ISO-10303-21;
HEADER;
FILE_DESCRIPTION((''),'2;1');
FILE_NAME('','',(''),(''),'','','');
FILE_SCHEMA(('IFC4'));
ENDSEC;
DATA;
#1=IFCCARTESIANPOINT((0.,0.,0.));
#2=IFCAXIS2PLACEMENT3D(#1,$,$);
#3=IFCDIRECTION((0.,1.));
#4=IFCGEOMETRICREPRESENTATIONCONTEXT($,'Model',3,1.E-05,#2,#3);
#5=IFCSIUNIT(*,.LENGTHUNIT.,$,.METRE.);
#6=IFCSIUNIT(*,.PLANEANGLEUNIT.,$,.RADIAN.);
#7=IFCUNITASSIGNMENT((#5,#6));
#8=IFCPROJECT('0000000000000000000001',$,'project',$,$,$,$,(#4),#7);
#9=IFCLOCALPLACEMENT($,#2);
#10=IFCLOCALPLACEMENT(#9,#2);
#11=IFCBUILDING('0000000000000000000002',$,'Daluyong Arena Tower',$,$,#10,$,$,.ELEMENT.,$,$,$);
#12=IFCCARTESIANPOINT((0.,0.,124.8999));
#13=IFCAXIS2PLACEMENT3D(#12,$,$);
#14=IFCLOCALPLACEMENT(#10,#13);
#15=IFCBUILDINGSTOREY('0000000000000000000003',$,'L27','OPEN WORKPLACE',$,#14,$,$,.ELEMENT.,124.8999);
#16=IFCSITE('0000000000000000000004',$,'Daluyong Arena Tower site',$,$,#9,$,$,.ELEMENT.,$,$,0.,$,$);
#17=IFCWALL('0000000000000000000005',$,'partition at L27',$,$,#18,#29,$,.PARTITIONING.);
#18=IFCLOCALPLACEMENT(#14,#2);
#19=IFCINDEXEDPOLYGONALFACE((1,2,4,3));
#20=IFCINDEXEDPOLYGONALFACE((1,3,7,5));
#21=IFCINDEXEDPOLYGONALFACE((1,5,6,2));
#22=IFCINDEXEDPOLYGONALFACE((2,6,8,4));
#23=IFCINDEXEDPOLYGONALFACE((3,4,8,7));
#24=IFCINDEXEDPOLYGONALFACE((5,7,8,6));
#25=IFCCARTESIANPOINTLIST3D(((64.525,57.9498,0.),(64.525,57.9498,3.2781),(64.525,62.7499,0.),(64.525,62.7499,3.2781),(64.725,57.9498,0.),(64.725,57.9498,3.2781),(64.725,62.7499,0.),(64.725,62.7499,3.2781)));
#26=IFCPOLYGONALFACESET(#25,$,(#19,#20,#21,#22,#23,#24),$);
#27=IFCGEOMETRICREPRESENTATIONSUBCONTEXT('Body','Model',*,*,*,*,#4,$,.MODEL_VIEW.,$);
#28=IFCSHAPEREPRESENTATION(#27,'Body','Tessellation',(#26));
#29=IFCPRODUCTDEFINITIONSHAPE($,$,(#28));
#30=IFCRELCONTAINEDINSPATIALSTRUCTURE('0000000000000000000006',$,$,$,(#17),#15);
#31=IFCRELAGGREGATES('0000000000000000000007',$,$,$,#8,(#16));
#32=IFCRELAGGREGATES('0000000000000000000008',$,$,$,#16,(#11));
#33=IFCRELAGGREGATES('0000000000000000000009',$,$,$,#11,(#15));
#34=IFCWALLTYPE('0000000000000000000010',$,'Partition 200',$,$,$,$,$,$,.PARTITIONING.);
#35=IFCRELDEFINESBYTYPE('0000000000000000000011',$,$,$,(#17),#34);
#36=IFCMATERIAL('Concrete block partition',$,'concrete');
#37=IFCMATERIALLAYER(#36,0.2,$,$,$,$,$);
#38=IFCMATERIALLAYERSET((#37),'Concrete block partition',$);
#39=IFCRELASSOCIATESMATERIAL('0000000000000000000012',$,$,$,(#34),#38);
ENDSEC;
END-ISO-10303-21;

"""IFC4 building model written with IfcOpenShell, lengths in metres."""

from ifc_helpers import new_model, si_unit, direction, frame, frame_2d, origin, place, context, subcontext, project, spatial, rectangle, extrude, material, layer, layer_set, type_object, element, save


model = new_model("IFC4")

# Units and contexts
model_context = context("Model", 3, precision=1e-05, world=origin(), true_north=direction((0.0, 1.0)))
body_context = subcontext(model_context, "Body", "Model", "MODEL_VIEW")
ifc_project = project(units=[si_unit("LENGTHUNIT", "METRE"), si_unit("PLANEANGLEUNIT", "RADIAN")], contexts=[model_context])

# Site, building, storey
site_placement = place(None, origin())
site = spatial("IfcSite", under=ifc_project, at=site_placement, Name="Daluyong Arena Tower site", CompositionType="ELEMENT", RefElevation=0.0)
building_placement = place(site_placement, origin())
building = spatial("IfcBuilding", under=site, at=building_placement, Name="Daluyong Arena Tower", CompositionType="ELEMENT")
storey_placement = place(building_placement, frame((0.0, 0.0, 124.8999)))
storey = spatial("IfcBuildingStorey", under=building, at=storey_placement, Name="L27", Description="OPEN WORKPLACE", CompositionType="ELEMENT", Elevation=124.8999)

# Wall
ifc_material_1 = material(Name="Concrete block partition", Category="concrete")
ifc_layer_1 = layer(ifc_material_1, 0.2)
ifc_layer_set_1 = layer_set([ifc_layer_1], Name="Concrete block partition")
wall_type_1 = type_object("IfcWallType", Name="Partition 200", PredefinedType="PARTITIONING", material=ifc_layer_set_1)
wall_1_placement = place(storey_placement, frame((64.625, 57.95, 0.0), z_axis=(0.0, 0.0, 1.0), x_axis=(0.0, 1.0, 0.0)))
element("IfcWall", 1, at=wall_1_placement, inside=storey, type_object=wall_type_1, Name="partition at L27", PredefinedType="PARTITIONING", context=body_context, shape_type="SweptSolid", body=[
    extrude(rectangle(XDim=4.8, YDim=0.2, at=frame_2d((2.3999, 0.0))), origin(), (0.0, 0.0, 1.0), 3.2781),
])

save(model, "model.ifc")
